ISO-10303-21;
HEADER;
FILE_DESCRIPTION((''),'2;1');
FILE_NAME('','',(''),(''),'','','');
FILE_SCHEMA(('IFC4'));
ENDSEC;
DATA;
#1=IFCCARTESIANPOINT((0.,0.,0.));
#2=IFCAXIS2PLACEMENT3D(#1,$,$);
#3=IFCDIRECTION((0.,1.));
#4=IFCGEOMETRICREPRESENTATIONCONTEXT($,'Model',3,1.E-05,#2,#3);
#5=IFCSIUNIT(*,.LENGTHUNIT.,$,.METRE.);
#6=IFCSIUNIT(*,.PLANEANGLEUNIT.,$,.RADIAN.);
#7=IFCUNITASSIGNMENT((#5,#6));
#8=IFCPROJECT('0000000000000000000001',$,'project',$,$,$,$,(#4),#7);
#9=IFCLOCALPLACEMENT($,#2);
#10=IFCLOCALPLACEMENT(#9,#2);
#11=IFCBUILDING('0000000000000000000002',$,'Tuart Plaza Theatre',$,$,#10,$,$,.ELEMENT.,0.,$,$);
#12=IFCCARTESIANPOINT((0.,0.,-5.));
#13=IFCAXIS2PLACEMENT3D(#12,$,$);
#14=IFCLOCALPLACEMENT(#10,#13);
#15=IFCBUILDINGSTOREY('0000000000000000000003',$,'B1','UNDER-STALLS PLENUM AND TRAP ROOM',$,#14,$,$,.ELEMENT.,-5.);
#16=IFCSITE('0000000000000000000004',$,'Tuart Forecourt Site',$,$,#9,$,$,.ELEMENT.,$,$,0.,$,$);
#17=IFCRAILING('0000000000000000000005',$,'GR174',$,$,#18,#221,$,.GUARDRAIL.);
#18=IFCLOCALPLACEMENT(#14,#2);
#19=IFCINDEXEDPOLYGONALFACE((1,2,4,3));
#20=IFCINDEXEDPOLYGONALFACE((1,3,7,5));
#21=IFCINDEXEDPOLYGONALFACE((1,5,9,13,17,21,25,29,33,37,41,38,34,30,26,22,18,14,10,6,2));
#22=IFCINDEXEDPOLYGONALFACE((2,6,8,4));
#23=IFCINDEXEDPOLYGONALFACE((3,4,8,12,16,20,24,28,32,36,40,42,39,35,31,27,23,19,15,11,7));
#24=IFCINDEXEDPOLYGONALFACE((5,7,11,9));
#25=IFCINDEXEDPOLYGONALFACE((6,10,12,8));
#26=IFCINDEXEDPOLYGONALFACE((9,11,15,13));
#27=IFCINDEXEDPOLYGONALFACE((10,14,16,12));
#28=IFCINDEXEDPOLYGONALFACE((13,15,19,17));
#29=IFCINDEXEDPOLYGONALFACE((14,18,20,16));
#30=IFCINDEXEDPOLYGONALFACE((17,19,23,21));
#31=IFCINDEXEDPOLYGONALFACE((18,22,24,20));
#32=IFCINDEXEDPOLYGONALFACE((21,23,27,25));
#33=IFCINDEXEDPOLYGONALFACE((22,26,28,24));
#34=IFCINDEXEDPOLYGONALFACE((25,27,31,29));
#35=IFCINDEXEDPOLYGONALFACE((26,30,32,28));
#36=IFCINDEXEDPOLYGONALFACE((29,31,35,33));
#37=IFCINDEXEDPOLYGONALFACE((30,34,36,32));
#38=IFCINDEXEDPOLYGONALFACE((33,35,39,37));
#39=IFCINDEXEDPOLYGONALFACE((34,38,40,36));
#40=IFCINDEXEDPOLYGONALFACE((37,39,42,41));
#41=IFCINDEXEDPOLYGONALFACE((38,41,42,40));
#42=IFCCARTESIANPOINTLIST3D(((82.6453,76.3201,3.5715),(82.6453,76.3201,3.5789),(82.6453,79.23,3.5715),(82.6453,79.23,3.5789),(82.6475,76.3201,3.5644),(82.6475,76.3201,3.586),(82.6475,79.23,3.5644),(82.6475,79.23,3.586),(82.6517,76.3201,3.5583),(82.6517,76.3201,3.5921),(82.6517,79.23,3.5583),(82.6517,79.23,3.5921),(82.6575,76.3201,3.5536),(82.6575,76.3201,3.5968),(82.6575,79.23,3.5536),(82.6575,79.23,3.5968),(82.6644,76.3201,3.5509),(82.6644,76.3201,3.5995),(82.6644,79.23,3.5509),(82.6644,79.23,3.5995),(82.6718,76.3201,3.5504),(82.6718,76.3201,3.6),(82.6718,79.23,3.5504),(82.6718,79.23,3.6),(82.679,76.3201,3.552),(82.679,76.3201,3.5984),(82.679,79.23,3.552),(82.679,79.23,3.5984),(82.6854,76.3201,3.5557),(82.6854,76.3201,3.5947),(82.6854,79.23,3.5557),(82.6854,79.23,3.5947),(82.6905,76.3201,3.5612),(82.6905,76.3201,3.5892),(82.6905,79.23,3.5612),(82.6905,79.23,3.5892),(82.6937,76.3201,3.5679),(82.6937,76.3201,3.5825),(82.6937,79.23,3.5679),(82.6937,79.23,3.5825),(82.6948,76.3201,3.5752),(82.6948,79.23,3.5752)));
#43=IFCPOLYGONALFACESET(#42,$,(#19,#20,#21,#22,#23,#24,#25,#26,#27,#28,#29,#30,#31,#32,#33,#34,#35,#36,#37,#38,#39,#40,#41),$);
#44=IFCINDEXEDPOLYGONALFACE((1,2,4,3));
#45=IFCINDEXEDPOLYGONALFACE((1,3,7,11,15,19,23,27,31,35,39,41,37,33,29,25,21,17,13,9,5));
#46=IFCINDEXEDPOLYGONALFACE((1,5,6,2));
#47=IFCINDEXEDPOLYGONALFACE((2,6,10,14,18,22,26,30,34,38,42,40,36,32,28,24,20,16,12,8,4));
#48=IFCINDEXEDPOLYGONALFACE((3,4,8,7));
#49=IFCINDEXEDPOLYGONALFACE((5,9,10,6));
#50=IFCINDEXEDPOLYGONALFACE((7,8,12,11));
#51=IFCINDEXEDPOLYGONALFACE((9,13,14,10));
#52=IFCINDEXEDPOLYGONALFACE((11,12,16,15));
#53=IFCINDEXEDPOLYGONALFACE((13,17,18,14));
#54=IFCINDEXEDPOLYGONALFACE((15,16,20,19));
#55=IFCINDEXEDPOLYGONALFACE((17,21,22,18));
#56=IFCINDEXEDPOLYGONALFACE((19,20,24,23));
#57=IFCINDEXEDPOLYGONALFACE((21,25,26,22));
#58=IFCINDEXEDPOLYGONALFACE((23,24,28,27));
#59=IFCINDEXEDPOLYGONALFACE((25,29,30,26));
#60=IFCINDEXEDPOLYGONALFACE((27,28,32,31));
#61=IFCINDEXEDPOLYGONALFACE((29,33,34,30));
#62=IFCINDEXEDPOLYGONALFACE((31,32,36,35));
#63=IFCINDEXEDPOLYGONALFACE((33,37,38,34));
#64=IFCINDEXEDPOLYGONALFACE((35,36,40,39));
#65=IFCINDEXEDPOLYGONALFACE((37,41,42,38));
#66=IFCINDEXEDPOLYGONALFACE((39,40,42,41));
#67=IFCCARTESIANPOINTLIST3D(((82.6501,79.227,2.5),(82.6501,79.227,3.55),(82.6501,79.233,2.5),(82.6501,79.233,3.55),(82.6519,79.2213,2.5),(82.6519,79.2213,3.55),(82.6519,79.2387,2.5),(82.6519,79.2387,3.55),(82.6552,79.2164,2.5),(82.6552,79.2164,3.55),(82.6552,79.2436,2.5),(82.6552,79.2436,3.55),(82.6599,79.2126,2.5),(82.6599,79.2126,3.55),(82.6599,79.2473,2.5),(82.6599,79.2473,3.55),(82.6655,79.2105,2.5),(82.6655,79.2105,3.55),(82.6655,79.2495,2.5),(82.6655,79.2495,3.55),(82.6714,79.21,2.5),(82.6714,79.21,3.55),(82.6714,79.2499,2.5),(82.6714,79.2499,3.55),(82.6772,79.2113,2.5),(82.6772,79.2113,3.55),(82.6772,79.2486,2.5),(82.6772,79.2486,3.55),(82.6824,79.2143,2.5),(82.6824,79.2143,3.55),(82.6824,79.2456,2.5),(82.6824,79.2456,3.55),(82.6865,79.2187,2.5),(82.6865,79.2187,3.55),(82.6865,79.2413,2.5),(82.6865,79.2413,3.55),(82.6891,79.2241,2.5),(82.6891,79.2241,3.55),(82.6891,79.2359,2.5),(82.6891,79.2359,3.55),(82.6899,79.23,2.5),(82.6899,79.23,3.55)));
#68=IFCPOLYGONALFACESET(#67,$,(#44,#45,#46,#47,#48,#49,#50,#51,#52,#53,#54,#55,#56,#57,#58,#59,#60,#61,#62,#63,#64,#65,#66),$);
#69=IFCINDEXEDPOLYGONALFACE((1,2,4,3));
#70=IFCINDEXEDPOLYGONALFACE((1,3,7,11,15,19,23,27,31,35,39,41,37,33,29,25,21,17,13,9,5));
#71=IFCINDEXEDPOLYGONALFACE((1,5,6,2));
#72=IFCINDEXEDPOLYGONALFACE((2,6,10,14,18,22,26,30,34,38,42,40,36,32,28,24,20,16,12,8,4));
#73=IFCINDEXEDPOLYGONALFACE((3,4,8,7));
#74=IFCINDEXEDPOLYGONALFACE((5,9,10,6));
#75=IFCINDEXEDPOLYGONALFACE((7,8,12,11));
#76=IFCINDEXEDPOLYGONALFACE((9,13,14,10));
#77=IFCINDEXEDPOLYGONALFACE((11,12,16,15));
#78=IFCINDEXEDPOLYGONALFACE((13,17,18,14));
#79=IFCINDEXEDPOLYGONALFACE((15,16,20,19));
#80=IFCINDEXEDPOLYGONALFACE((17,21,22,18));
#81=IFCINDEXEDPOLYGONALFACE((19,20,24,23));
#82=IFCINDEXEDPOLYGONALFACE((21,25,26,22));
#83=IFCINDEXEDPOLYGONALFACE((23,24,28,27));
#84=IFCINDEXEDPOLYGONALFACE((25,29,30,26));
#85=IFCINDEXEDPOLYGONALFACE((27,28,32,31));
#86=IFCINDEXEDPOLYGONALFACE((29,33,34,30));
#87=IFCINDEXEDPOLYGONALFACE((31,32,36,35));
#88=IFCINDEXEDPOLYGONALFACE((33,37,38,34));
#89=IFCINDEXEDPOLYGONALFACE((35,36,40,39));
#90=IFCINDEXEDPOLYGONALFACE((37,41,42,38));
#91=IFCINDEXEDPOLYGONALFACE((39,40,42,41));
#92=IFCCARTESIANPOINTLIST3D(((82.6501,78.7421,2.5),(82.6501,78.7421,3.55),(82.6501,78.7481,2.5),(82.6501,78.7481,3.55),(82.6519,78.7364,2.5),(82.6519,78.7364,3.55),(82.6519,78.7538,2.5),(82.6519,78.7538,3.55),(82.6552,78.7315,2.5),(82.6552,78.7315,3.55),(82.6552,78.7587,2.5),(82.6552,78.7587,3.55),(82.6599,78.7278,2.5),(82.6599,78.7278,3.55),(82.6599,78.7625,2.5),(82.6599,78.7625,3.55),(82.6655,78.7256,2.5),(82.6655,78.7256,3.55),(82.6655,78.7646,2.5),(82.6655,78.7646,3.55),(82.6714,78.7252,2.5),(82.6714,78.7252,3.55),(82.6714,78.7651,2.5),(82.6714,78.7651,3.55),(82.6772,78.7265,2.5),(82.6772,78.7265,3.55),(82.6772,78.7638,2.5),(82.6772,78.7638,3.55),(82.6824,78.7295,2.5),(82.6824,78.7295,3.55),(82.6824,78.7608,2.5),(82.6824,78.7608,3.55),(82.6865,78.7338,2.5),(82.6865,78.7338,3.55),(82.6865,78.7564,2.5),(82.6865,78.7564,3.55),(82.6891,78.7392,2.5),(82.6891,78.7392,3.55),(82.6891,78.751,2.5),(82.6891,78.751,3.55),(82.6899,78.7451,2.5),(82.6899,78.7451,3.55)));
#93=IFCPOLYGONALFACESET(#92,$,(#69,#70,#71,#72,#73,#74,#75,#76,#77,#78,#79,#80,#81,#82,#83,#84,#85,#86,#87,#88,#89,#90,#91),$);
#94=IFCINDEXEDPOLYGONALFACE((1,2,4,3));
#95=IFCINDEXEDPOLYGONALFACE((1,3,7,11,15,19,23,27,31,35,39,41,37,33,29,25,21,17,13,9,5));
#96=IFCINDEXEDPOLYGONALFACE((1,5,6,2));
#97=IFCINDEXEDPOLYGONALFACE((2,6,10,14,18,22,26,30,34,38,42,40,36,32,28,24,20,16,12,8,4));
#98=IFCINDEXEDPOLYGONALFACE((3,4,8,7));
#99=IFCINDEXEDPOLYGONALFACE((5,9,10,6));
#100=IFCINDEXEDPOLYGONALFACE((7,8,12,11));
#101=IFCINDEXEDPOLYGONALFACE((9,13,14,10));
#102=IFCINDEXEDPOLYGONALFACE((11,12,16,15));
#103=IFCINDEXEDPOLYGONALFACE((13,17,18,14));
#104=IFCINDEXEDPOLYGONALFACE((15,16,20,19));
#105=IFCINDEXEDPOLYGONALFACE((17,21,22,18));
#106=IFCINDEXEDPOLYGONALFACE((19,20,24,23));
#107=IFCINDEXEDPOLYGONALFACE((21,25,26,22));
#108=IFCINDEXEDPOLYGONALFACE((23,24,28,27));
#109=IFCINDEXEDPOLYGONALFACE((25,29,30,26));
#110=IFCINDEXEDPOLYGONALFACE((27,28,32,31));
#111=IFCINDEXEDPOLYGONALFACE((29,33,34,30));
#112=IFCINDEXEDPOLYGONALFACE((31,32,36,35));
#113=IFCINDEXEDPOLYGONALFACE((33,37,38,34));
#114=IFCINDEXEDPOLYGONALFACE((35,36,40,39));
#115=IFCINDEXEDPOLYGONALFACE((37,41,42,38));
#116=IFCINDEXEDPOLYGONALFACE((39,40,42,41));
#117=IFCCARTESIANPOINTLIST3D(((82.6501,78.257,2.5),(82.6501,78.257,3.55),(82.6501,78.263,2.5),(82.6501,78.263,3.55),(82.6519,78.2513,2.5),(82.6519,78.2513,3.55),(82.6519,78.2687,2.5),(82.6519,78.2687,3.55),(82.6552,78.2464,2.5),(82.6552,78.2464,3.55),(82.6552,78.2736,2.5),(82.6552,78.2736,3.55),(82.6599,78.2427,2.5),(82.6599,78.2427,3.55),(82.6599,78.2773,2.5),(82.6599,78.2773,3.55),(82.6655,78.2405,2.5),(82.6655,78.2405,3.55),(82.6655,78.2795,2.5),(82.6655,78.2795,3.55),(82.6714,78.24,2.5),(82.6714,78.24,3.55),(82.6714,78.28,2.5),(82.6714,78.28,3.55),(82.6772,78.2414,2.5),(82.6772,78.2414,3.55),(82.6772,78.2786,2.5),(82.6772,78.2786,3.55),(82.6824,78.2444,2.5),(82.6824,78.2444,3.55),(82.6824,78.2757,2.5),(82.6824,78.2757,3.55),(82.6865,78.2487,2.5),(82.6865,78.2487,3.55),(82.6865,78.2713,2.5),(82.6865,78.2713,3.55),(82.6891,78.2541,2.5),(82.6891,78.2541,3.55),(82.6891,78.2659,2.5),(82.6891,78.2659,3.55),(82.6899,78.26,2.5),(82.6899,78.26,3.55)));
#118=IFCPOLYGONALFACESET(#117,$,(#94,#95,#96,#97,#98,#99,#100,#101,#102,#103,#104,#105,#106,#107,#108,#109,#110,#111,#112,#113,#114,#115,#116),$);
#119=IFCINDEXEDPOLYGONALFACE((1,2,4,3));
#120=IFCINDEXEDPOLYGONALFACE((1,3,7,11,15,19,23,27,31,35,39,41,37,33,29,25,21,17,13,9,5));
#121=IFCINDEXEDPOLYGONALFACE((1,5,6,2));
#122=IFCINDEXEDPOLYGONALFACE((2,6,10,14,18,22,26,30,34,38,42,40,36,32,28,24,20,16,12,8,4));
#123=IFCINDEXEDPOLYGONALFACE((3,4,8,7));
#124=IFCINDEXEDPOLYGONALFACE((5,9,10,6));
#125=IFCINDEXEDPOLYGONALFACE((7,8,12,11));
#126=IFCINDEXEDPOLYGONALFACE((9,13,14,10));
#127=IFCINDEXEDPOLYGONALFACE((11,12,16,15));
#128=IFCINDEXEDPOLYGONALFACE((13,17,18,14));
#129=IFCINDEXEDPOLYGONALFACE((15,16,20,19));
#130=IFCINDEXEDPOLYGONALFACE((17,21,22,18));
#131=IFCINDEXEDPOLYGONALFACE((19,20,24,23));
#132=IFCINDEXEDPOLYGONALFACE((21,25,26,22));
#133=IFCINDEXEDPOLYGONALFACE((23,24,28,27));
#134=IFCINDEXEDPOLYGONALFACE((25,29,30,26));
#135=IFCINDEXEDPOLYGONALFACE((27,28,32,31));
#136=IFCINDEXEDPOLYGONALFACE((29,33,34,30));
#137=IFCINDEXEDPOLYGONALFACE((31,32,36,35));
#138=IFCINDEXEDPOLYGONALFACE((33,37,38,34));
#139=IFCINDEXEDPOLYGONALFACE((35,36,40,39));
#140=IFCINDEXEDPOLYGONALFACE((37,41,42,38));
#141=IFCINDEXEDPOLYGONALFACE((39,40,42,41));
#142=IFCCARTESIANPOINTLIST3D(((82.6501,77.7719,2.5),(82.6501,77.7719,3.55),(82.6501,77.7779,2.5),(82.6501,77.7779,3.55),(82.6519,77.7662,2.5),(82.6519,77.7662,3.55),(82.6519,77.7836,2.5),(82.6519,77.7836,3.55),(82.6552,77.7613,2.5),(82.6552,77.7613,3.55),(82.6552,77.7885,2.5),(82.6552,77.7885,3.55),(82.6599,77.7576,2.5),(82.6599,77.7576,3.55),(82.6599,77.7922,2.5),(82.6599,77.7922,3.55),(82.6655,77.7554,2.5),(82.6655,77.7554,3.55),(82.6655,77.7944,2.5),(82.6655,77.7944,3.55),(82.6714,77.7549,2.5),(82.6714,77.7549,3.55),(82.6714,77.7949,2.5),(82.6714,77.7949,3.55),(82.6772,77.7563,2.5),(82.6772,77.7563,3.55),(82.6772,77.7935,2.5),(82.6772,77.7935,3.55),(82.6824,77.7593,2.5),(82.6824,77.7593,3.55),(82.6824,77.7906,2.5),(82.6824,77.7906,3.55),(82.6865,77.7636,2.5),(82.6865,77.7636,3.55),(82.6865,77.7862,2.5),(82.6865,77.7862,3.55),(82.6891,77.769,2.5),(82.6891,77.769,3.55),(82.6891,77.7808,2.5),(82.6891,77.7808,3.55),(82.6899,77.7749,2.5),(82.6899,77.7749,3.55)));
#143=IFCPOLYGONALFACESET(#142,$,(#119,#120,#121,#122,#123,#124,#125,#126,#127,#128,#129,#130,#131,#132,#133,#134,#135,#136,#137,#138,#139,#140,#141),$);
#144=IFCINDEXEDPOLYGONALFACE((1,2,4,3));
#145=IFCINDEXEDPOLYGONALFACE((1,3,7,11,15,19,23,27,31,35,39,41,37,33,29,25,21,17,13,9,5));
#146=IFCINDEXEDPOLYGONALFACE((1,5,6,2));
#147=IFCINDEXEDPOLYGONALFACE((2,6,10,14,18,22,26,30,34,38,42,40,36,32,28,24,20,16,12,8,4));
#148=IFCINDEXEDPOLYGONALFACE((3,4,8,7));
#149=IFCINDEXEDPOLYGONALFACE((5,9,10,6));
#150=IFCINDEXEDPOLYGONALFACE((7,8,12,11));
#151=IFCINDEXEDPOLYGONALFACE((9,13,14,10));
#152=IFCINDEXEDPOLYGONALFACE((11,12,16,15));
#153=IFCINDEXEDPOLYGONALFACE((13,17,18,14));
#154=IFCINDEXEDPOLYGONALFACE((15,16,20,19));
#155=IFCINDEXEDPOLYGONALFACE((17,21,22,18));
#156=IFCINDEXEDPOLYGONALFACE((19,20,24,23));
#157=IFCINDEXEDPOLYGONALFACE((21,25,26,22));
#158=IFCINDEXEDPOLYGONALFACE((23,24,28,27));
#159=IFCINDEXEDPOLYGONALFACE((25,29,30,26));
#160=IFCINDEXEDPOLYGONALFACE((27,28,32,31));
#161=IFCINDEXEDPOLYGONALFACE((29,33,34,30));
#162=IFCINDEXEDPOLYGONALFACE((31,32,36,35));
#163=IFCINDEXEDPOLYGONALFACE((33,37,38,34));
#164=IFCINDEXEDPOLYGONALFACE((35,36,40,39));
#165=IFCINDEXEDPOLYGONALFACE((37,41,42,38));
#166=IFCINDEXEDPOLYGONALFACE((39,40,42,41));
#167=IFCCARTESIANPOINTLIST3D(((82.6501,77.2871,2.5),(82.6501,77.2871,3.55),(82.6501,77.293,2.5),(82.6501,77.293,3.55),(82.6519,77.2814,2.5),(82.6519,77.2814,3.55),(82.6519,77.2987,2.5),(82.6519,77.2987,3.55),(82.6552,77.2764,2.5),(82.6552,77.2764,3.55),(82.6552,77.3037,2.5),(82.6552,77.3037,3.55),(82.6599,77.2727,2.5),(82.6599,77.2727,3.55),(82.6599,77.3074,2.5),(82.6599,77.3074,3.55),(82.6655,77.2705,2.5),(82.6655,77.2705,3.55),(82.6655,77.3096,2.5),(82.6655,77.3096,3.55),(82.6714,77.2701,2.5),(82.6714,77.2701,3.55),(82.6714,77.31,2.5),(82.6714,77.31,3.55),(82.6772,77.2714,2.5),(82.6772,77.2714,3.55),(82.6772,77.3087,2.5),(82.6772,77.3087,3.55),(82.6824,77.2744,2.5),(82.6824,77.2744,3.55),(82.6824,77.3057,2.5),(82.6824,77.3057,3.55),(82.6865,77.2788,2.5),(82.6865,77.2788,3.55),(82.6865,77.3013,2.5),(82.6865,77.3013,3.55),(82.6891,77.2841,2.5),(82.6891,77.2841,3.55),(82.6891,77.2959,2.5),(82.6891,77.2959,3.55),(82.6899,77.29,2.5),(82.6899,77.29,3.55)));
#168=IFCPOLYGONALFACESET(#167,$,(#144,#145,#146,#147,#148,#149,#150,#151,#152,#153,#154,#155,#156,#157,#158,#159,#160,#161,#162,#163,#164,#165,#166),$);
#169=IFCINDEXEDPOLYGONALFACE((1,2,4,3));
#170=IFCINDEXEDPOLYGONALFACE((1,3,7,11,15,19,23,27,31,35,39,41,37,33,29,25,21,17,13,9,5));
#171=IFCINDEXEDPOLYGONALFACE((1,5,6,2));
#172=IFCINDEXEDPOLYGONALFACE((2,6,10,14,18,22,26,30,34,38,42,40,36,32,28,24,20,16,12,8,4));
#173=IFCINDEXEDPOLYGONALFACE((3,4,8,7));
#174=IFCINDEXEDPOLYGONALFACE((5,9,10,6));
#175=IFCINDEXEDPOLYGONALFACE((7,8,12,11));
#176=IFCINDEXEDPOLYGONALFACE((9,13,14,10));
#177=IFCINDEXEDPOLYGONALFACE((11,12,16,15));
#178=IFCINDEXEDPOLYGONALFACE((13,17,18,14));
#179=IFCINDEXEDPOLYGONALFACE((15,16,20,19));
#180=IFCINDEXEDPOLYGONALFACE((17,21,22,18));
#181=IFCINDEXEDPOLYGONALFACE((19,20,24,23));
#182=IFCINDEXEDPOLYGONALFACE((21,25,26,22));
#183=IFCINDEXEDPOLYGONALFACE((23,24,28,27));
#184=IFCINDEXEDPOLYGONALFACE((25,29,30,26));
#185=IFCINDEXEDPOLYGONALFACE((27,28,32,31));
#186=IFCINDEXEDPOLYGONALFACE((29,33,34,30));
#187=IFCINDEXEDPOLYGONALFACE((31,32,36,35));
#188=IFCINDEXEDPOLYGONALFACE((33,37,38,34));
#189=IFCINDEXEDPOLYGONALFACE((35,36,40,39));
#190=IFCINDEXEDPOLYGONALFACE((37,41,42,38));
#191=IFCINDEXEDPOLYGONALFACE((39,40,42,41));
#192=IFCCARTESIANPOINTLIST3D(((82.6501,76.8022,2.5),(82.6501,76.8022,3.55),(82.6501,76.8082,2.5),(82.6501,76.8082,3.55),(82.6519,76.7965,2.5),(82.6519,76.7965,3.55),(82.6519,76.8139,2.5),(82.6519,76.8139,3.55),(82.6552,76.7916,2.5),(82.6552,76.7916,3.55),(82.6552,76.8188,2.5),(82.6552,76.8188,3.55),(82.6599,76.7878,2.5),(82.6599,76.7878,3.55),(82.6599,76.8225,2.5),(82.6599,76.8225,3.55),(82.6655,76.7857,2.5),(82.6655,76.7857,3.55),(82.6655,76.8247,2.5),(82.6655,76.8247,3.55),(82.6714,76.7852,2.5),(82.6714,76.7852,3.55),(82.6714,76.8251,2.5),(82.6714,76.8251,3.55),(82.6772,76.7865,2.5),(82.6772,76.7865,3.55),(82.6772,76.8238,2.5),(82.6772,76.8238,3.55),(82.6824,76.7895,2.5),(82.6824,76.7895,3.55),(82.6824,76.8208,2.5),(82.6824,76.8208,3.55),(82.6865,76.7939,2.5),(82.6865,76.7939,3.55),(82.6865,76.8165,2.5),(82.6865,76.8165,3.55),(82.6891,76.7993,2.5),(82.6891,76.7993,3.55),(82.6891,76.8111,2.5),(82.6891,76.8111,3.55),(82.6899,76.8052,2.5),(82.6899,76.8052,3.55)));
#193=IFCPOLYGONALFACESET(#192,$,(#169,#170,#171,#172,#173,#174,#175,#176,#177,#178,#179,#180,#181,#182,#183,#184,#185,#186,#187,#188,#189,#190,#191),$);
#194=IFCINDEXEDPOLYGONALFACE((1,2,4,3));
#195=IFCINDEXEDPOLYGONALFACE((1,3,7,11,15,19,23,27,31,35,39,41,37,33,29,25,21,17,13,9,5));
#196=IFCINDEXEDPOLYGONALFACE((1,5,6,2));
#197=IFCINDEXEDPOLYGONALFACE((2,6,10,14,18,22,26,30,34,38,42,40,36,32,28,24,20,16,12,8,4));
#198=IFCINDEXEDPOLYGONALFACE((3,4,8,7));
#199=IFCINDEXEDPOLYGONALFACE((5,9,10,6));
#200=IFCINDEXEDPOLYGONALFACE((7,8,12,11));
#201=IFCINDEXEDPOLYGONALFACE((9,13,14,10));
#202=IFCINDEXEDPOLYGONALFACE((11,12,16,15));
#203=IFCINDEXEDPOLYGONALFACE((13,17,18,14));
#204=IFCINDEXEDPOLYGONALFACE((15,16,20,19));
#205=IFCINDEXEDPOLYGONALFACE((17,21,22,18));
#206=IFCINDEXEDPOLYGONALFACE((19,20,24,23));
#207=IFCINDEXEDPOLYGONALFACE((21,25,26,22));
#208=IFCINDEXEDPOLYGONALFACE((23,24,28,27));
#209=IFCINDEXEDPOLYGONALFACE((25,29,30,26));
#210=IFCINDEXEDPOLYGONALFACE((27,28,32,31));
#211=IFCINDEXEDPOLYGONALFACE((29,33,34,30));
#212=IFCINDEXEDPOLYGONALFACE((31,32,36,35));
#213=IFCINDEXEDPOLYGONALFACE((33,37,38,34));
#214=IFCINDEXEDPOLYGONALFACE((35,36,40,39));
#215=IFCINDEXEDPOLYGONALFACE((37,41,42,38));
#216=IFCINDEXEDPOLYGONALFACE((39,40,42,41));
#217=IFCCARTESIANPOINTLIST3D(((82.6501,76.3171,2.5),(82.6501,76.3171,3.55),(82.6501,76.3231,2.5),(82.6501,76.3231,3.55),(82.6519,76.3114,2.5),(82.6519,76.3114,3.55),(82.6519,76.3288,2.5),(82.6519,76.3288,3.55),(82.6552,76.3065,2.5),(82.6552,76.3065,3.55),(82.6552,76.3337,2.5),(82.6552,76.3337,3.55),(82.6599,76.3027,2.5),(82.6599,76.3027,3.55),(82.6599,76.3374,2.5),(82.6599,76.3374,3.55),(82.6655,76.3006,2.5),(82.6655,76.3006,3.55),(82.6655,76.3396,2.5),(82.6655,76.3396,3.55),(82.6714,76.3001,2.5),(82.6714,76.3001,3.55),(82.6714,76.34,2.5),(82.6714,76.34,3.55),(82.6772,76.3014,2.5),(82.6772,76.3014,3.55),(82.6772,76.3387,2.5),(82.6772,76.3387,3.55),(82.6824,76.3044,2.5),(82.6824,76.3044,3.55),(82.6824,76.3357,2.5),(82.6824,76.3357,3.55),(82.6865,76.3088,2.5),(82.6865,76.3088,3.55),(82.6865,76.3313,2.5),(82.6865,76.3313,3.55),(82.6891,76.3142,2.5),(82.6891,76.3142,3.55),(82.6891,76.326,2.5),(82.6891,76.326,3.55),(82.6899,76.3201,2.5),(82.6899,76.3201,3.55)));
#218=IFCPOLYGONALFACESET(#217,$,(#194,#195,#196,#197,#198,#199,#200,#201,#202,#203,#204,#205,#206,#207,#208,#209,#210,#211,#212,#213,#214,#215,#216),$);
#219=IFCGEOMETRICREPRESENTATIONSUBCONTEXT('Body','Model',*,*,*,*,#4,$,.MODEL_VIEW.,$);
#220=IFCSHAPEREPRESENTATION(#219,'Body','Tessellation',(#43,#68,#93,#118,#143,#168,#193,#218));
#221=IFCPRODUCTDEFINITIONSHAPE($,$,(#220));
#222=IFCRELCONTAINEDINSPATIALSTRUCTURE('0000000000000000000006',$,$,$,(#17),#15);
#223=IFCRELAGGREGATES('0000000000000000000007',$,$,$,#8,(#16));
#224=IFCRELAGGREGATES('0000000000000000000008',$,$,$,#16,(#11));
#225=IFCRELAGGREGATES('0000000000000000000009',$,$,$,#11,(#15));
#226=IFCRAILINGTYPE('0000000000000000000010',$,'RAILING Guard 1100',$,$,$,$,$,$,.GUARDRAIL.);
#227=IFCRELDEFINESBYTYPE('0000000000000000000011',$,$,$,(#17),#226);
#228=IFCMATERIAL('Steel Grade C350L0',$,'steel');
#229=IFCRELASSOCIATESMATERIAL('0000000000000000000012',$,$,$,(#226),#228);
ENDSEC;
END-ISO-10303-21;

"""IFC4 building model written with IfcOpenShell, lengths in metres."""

from ifc_helpers import new_model, si_unit, direction, frame, origin, origin_2d, place, context, subcontext, project, spatial, circle, extrude, material, type_object, element, save


model = new_model("IFC4")

# Units and contexts
model_context = context("Model", 3, precision=1e-05, world=origin(), true_north=direction((0.0, 1.0)))
body_context = subcontext(model_context, "Body", "Model", "MODEL_VIEW")
ifc_project = project(units=[si_unit("LENGTHUNIT", "METRE"), si_unit("PLANEANGLEUNIT", "RADIAN")], contexts=[model_context])

# Site, building, storey
site_placement = place(None, origin())
site = spatial("IfcSite", under=ifc_project, at=site_placement, Name="Tuart Forecourt Site", CompositionType="ELEMENT", RefElevation=0.0)
building_placement = place(site_placement, origin())
building = spatial("IfcBuilding", under=site, at=building_placement, Name="Tuart Plaza Theatre", CompositionType="ELEMENT", ElevationOfRefHeight=0.0)
storey_placement = place(building_placement, frame((0.0, 0.0, -5.0)))
storey = spatial("IfcBuildingStorey", under=building, at=storey_placement, Name="B1", Description="UNDER-STALLS PLENUM AND TRAP ROOM", CompositionType="ELEMENT", Elevation=-5.0)

# Railing
ifc_material_1 = material(Name="Steel Grade C350L0", Category="steel")
railing_type_1 = type_object("IfcRailingType", Name="RAILING Guard 1100", PredefinedType="GUARDRAIL", material=ifc_material_1)
railing_placement = place(storey_placement, frame((82.6699, 79.23, 2.5)))
element("IfcRailing", 1, at=railing_placement, inside=storey, type_object=railing_type_1, Name="GR174", PredefinedType="GUARDRAIL", context=body_context, shape_type="SweptSolid", body=[
    extrude(circle(Radius=0.0249, at=origin_2d()), frame((0.0, 0.0, 1.0752), z_axis=(0.0, -1.0, 0.0), x_axis=(1.0, 0.0, 0.0)), (0.0, 0.0, 1.0), 2.9099),
    extrude(circle(Radius=0.02, at=origin_2d()), origin(), (0.0, 0.0, 1.0), 1.05),
    extrude(circle(Radius=0.02, at=origin_2d()), frame((0.0, -0.4849, 0.0)), (0.0, 0.0, 1.0), 1.05),
    extrude(circle(Radius=0.02, at=origin_2d()), frame((0.0, -0.97, 0.0)), (0.0, 0.0, 1.0), 1.05),
    extrude(circle(Radius=0.02, at=origin_2d()), frame((0.0, -1.4551, 0.0)), (0.0, 0.0, 1.0), 1.05),
    extrude(circle(Radius=0.02, at=origin_2d()), frame((0.0, -1.9399, 0.0)), (0.0, 0.0, 1.0), 1.05),
    extrude(circle(Radius=0.02, at=origin_2d()), frame((0.0, -2.4248, 0.0)), (0.0, 0.0, 1.0), 1.05),
    extrude(circle(Radius=0.02, at=origin_2d()), frame((0.0, -2.9099, 0.0)), (0.0, 0.0, 1.0), 1.05),
])

save(model, "model.ifc")
